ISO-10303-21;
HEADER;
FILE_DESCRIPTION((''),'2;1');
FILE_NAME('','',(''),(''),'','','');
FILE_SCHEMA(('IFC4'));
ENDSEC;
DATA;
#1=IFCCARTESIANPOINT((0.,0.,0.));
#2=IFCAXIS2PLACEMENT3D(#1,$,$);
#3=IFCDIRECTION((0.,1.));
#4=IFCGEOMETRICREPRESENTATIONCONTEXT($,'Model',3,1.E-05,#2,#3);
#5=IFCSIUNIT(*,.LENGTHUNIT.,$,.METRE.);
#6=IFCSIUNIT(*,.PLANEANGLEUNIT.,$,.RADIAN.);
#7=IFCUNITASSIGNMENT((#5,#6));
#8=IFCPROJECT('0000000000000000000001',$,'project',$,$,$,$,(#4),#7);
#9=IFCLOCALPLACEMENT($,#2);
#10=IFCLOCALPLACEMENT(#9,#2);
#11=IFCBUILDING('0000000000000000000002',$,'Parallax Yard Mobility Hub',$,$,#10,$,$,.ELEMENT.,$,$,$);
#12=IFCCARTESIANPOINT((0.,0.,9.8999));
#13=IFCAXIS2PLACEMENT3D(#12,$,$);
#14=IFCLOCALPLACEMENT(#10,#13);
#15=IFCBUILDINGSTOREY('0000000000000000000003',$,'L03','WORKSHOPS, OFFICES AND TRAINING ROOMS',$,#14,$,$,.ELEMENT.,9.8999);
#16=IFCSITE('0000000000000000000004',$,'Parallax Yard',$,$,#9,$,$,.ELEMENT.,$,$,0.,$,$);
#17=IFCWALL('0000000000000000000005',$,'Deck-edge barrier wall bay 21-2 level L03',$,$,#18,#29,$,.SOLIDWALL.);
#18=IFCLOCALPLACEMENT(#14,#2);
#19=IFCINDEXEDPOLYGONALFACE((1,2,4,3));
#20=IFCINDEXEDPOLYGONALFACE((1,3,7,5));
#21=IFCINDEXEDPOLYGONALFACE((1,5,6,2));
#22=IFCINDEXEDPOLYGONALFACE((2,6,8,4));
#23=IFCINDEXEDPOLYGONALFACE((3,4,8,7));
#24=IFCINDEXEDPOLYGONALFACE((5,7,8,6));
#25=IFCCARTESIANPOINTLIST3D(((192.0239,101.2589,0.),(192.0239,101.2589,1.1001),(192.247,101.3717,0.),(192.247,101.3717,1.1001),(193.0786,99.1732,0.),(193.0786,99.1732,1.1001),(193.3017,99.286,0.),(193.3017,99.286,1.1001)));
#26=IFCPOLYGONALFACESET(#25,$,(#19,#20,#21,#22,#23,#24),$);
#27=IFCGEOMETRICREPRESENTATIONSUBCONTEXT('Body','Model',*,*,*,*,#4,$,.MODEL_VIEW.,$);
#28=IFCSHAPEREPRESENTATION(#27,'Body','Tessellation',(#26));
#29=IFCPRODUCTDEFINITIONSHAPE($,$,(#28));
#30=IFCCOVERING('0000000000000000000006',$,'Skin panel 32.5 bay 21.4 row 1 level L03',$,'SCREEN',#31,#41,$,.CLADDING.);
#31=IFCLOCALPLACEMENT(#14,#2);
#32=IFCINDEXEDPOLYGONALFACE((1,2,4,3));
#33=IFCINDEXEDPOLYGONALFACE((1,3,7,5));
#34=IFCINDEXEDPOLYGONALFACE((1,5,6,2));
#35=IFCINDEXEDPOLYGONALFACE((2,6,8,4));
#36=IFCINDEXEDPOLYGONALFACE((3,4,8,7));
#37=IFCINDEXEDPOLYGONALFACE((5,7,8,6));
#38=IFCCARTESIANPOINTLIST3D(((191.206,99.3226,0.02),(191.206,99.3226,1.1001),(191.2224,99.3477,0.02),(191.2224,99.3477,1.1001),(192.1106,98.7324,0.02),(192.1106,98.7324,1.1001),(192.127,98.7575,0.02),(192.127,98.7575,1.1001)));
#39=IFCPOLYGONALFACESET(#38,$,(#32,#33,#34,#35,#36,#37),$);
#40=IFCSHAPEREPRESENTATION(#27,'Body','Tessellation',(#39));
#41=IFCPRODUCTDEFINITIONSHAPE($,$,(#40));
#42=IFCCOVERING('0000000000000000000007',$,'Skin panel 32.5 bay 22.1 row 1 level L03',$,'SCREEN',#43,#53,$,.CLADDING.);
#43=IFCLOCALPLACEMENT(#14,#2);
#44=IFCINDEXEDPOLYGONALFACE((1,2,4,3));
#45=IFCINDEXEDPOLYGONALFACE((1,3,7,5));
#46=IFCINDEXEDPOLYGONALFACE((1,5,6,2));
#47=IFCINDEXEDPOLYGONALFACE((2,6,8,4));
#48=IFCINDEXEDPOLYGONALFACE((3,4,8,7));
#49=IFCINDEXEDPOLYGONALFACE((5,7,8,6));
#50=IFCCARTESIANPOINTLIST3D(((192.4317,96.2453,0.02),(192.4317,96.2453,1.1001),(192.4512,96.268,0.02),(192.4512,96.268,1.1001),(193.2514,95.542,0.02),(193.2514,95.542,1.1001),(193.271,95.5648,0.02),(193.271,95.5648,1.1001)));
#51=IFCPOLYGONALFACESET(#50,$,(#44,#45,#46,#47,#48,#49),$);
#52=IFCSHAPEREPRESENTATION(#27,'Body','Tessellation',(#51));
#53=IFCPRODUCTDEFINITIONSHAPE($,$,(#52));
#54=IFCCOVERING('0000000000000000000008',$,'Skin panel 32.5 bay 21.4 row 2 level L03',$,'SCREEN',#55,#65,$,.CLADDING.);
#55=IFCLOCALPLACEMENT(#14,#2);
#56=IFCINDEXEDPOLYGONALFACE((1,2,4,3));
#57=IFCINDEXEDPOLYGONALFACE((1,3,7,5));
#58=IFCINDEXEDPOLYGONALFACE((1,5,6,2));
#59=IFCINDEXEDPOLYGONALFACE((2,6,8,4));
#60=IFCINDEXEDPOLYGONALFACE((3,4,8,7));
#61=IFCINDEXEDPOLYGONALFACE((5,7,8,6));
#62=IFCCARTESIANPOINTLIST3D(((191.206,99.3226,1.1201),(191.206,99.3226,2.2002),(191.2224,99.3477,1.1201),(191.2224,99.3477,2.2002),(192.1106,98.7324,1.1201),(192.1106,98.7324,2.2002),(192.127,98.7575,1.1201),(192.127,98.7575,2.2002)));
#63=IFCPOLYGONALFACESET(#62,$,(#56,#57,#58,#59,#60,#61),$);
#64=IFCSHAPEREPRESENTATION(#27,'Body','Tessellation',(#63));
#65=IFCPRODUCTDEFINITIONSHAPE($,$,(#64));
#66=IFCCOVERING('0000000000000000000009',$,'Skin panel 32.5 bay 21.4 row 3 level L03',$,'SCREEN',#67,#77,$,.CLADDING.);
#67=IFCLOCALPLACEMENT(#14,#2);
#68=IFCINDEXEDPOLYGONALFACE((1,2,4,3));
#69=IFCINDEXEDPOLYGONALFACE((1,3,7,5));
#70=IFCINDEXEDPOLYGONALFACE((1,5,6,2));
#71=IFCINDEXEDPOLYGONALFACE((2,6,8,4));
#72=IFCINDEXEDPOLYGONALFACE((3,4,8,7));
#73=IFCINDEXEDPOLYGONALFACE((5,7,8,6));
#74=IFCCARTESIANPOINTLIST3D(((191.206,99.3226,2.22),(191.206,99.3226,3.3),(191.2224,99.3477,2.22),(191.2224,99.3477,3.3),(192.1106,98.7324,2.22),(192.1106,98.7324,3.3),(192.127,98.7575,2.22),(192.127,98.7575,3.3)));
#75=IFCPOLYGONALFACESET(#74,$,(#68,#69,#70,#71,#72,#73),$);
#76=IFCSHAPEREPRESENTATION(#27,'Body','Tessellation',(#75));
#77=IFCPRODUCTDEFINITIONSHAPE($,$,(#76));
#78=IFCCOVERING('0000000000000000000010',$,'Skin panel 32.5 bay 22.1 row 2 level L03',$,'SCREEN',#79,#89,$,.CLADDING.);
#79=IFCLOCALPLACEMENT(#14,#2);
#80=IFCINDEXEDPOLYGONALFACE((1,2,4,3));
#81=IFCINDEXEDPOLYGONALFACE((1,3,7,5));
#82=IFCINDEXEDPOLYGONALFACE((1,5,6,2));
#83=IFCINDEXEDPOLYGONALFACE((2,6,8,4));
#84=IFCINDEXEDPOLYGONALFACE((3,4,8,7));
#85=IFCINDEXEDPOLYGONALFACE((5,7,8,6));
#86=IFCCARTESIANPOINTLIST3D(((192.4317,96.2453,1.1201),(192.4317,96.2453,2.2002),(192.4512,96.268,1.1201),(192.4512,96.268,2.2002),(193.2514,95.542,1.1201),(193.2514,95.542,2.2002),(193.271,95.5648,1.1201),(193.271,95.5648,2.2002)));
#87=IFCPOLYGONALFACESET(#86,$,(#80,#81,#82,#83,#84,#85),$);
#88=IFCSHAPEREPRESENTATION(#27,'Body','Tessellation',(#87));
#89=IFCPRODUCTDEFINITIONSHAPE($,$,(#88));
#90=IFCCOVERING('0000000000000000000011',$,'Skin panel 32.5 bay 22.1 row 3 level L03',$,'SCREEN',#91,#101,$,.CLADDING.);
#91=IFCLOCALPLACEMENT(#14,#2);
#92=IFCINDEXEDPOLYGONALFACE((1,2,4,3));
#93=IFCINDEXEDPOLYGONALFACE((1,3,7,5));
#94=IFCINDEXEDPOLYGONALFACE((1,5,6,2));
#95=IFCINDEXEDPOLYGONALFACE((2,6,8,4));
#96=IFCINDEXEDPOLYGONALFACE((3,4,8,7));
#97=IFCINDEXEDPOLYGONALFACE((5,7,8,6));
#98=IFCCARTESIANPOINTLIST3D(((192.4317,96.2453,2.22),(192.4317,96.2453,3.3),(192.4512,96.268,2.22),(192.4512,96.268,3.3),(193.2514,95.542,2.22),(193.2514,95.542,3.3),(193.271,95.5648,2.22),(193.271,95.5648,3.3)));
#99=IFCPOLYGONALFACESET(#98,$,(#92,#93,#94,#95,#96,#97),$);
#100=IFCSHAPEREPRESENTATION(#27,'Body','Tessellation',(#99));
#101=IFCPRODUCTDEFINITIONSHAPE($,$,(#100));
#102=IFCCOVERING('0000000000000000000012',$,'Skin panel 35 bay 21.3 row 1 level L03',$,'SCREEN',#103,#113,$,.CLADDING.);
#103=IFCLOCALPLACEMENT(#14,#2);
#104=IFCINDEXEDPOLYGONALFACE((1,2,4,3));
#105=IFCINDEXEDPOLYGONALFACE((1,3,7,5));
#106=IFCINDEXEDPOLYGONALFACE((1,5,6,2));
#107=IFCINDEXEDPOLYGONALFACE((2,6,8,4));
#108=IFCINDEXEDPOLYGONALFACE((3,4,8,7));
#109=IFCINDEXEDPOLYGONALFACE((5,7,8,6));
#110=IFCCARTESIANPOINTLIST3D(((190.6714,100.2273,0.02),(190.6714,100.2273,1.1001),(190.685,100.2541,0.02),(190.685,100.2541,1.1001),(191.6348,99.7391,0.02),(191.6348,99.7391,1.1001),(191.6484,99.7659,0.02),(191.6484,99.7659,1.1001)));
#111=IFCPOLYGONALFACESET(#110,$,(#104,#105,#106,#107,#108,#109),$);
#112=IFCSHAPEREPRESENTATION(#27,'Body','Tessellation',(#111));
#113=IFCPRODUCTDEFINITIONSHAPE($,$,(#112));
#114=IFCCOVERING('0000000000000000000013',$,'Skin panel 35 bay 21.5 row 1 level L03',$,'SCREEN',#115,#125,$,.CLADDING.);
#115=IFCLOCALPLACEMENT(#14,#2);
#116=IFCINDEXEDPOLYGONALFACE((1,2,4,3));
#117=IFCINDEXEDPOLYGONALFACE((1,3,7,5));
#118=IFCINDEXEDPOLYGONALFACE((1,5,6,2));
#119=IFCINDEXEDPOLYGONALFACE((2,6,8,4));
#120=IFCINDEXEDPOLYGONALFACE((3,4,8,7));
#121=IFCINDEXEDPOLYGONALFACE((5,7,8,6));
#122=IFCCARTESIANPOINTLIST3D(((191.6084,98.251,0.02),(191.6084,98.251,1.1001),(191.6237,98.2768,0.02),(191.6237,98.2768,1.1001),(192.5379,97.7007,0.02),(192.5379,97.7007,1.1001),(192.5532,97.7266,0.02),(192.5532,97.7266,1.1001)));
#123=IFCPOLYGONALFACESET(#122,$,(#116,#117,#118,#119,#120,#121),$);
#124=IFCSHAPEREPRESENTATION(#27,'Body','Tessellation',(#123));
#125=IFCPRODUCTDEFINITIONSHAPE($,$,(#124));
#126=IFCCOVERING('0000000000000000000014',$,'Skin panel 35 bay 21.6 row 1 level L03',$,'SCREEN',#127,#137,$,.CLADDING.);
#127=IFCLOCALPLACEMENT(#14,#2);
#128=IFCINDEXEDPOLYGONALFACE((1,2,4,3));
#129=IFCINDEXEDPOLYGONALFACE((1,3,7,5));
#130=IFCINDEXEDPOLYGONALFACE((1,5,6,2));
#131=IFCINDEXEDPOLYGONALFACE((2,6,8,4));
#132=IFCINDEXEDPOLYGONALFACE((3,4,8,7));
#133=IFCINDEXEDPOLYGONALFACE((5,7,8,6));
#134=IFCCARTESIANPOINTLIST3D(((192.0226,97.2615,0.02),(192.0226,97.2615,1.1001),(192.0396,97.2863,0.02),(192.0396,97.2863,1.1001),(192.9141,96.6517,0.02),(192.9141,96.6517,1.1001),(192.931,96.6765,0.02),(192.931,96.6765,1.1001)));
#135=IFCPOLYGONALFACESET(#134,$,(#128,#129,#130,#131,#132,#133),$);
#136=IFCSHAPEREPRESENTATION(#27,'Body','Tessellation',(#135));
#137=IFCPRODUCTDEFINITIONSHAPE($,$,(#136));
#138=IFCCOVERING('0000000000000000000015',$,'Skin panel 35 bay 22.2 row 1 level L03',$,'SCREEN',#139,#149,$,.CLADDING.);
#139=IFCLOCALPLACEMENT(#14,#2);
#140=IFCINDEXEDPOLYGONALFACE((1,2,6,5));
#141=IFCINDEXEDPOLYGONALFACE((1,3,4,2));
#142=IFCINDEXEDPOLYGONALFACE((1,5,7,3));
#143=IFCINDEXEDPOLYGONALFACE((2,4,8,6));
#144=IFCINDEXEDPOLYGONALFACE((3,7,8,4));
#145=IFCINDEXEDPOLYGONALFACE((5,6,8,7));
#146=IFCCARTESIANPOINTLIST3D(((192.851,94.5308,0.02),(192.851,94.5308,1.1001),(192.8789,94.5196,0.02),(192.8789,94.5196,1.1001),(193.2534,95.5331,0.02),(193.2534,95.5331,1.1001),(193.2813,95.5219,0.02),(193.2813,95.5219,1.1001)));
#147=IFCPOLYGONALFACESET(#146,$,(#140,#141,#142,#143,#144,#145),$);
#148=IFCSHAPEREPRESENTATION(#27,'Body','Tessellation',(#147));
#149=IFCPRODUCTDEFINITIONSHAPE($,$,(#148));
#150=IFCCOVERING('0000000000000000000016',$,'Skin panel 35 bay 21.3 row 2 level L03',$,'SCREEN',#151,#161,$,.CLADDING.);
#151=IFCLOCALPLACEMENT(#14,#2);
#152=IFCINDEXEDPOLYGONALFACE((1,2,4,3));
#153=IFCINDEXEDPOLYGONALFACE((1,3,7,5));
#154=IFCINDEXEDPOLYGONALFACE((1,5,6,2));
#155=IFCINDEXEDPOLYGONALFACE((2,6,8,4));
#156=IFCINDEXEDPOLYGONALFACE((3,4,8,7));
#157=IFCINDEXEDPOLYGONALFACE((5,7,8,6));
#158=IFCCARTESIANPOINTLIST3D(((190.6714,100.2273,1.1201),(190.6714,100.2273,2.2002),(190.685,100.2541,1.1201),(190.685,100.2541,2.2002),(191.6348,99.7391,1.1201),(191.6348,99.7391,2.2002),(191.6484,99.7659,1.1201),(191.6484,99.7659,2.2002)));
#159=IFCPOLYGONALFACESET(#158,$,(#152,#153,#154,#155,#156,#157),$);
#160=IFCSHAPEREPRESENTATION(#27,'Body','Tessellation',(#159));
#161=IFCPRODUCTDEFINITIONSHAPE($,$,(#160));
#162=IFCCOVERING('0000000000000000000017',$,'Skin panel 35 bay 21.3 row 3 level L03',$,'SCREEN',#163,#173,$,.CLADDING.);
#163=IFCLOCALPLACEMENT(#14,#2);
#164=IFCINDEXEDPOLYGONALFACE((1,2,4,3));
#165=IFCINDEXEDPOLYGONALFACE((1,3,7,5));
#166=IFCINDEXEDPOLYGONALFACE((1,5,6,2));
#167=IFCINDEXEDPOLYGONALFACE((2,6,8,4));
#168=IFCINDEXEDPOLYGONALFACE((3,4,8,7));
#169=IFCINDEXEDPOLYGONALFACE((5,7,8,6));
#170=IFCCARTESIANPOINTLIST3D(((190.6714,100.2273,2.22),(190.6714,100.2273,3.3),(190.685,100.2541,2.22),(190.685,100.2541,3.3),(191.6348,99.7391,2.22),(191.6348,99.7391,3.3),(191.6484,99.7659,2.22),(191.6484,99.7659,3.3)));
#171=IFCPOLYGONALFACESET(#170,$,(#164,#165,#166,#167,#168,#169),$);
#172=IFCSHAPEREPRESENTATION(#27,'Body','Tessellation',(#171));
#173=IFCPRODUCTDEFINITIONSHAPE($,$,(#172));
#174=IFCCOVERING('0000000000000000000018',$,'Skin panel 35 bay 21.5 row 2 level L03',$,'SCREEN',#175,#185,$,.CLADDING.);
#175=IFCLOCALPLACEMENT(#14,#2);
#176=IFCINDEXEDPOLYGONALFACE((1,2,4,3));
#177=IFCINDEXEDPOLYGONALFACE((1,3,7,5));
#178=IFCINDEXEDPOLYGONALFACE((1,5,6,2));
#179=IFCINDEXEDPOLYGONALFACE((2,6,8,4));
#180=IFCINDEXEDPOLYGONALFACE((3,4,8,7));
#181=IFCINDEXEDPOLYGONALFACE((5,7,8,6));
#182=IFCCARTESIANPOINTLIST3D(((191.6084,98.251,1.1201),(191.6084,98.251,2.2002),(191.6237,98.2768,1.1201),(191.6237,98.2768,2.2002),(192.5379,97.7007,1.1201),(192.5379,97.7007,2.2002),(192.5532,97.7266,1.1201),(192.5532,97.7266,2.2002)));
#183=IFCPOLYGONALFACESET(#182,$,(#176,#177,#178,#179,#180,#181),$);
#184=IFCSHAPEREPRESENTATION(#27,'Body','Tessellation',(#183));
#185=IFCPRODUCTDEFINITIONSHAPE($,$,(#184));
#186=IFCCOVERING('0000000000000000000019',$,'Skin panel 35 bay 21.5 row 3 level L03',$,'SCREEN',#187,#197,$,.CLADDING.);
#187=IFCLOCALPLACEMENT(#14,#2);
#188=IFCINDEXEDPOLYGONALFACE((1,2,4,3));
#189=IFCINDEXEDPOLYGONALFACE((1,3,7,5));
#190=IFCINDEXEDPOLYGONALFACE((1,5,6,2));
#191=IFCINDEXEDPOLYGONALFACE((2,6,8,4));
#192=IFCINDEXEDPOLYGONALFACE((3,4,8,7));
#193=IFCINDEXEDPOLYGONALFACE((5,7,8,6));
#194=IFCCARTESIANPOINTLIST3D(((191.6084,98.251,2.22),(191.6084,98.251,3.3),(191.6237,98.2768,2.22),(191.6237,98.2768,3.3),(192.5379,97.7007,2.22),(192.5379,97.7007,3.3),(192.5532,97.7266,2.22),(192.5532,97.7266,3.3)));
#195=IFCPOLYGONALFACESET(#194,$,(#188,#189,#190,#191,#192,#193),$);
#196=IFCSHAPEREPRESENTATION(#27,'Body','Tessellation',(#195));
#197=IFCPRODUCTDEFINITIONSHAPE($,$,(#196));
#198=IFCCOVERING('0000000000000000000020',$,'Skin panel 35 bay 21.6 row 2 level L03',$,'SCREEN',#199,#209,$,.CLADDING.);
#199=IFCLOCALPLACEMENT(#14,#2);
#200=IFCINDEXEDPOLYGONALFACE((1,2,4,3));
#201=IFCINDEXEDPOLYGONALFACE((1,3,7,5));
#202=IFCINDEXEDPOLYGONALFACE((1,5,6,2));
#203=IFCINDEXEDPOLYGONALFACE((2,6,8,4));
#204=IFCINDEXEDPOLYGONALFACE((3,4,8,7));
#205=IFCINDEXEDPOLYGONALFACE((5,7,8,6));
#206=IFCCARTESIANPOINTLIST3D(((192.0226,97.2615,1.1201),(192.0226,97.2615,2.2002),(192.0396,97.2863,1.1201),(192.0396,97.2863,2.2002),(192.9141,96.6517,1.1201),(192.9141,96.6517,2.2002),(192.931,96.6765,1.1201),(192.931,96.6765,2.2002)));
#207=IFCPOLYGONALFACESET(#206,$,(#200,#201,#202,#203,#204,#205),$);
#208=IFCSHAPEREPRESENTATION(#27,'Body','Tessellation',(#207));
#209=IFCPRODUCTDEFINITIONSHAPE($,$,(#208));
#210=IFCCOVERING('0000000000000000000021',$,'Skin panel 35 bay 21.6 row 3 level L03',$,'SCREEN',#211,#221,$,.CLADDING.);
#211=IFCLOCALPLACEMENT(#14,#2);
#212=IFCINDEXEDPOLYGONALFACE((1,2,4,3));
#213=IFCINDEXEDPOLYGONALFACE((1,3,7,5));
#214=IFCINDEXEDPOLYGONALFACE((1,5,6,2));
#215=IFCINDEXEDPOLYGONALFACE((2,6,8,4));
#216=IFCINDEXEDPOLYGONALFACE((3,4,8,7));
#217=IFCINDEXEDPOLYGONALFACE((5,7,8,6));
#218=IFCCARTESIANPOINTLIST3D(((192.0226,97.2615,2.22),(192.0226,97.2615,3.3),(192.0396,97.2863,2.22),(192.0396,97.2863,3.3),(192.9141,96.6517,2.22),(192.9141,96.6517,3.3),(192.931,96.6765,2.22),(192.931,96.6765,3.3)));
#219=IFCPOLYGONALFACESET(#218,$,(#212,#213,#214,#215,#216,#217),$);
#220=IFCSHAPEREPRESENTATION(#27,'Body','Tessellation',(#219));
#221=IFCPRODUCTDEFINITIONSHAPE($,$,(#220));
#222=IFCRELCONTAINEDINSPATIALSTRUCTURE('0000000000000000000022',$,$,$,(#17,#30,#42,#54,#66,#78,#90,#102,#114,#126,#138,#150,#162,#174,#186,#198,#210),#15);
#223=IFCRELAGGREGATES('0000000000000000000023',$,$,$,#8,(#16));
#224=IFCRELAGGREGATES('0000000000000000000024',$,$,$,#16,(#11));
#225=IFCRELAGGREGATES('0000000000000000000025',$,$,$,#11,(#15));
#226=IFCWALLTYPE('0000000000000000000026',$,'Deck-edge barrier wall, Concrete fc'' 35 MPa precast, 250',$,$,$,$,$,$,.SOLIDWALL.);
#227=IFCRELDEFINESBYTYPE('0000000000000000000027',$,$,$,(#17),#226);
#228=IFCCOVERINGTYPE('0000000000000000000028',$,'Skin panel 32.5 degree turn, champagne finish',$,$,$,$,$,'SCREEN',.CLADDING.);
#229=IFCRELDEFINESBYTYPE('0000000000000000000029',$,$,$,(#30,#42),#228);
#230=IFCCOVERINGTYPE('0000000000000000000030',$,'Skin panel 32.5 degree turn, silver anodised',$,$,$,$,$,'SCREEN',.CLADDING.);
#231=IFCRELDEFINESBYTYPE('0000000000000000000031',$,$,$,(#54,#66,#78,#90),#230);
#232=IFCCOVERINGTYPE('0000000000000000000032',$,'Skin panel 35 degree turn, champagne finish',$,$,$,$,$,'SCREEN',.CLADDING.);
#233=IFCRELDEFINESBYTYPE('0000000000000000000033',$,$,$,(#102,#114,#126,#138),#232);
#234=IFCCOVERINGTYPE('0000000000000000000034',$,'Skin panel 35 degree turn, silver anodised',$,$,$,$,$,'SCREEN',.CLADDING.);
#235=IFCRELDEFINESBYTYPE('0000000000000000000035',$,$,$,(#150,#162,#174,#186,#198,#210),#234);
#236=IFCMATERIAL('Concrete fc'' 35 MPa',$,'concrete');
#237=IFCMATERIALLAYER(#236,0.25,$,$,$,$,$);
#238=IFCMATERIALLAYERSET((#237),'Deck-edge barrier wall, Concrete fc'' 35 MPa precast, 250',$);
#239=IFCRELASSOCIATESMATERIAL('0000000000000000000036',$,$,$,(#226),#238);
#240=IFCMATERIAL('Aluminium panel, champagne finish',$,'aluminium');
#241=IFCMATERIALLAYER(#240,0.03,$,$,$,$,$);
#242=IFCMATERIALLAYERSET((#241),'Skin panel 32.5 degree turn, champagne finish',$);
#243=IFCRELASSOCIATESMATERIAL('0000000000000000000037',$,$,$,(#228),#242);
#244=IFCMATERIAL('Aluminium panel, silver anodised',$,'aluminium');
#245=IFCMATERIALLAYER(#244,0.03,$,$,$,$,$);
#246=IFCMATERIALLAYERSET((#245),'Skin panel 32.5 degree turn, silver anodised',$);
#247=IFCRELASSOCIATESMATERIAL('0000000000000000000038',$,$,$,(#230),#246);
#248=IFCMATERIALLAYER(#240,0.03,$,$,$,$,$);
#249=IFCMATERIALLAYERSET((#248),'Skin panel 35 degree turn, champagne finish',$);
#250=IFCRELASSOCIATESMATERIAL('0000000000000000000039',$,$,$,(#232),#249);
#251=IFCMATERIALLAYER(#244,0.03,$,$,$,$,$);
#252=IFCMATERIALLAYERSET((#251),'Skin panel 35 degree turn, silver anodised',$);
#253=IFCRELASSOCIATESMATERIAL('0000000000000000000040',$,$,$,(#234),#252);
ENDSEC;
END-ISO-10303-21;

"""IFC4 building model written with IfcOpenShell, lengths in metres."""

from ifc_helpers import new_model, si_unit, direction, frame, frame_2d, origin, origin_2d, place, context, subcontext, project, spatial, rectangle, extrude, material, layer, layer_set, type_object, element, save


model = new_model("IFC4")

# Units and contexts
model_context = context("Model", 3, precision=1e-05, world=origin(), true_north=direction((0.0, 1.0)))
body_context = subcontext(model_context, "Body", "Model", "MODEL_VIEW")
ifc_project = project(units=[si_unit("LENGTHUNIT", "METRE"), si_unit("PLANEANGLEUNIT", "RADIAN")], contexts=[model_context])

# Site, building, storey
site_placement = place(None, origin())
site = spatial("IfcSite", under=ifc_project, at=site_placement, Name="Parallax Yard", CompositionType="ELEMENT", RefElevation=0.0)
building_placement = place(site_placement, origin())
building = spatial("IfcBuilding", under=site, at=building_placement, Name="Parallax Yard Mobility Hub", CompositionType="ELEMENT")
storey_placement = place(building_placement, frame((0.0, 0.0, 9.8999)))
storey = spatial("IfcBuildingStorey", under=building, at=storey_placement, Name="L03", Description="WORKSHOPS, OFFICES AND TRAINING ROOMS", CompositionType="ELEMENT", Elevation=9.8999)

# Wall
ifc_material_1 = material(Name="Concrete fc' 35 MPa", Category="concrete")
ifc_layer_1 = layer(ifc_material_1, 0.25)
ifc_layer_set_1 = layer_set([ifc_layer_1], Name="Deck-edge barrier wall, Concrete fc' 35 MPa precast, 250")
wall_type = type_object("IfcWallType", Name="Deck-edge barrier wall, Concrete fc' 35 MPa precast, 250", PredefinedType="SOLIDWALL", material=ifc_layer_set_1)
wall_placement = place(storey_placement, frame((192.1355, 101.3152, 0.0), z_axis=(0.0, 0.0, 1.0), x_axis=(0.451262, -0.892392, 0.0)))
element("IfcWall", 1, at=wall_placement, inside=storey, type_object=wall_type, Name="Deck-edge barrier wall bay 21-2 level L03", PredefinedType="SOLIDWALL", context=body_context, shape_type="SweptSolid", body=[
    extrude(rectangle(XDim=2.3372, YDim=0.25, at=frame_2d((1.1685, 0.0))), origin(), (0.0, 0.0, 1.0), 1.1001),
])

# Coverings
ifc_material_2 = material(Name="Aluminium panel, champagne finish", Category="aluminium")
ifc_layer_2 = layer(ifc_material_2, 0.03)
ifc_layer_set_2 = layer_set([ifc_layer_2], Name="Skin panel 32.5 degree turn, champagne finish")
covering_type_1 = type_object("IfcCoveringType", Name="Skin panel 32.5 degree turn, champagne finish", ElementType="SCREEN", PredefinedType="CLADDING", material=ifc_layer_set_2)
for number, where, z_axis, x_axis, name in (
    (2, (191.6665, 99.04, 0.02), (0.0, 0.0, 1.0), (-0.83748, 0.546467, 0.0), "Skin panel 32.5 bay 21.4 row 1 level L03"),
    (3, (192.8513, 95.905, 0.02), (0.0, 0.0, 1.0), (-0.758987, 0.651105, 0.0), "Skin panel 32.5 bay 22.1 row 1 level L03"),
):
    element("IfcCovering", number, at=place(storey_placement, frame(where, z_axis=z_axis, x_axis=x_axis)), inside=storey, type_object=covering_type_1, Name=name, ObjectType="SCREEN", PredefinedType="CLADDING", context=body_context, shape_type="SweptSolid", body=[
        extrude(rectangle(XDim=1.0801, YDim=0.03, at=origin_2d()), origin(), (0.0, 0.0, 1.0), 1.0801),
    ])
ifc_material_3 = material(Name="Aluminium panel, silver anodised", Category="aluminium")
ifc_layer_3 = layer(ifc_material_3, 0.03)
ifc_layer_set_3 = layer_set([ifc_layer_3], Name="Skin panel 32.5 degree turn, silver anodised")
covering_type_2 = type_object("IfcCoveringType", Name="Skin panel 32.5 degree turn, silver anodised", ElementType="SCREEN", PredefinedType="CLADDING", material=ifc_layer_set_3)
for number, where, z_axis, x_axis, name in (
    (4, (191.6665, 99.04, 1.1201), (0.0, 0.0, 1.0), (-0.83748, 0.546467, 0.0), "Skin panel 32.5 bay 21.4 row 2 level L03"),
    (5, (191.6665, 99.04, 2.22), (0.0, 0.0, 1.0), (-0.83748, 0.546467, 0.0), "Skin panel 32.5 bay 21.4 row 3 level L03"),
    (6, (192.8513, 95.905, 1.1201), (0.0, 0.0, 1.0), (-0.758987, 0.651105, 0.0), "Skin panel 32.5 bay 22.1 row 2 level L03"),
    (7, (192.8513, 95.905, 2.22), (0.0, 0.0, 1.0), (-0.758987, 0.651105, 0.0), "Skin panel 32.5 bay 22.1 row 3 level L03"),
):
    element("IfcCovering", number, at=place(storey_placement, frame(where, z_axis=z_axis, x_axis=x_axis)), inside=storey, type_object=covering_type_2, Name=name, ObjectType="SCREEN", PredefinedType="CLADDING", context=body_context, shape_type="SweptSolid", body=[
        extrude(rectangle(XDim=1.0801, YDim=0.03, at=origin_2d()), origin(), (0.0, 0.0, 1.0), 1.0801),
    ])
ifc_layer_4 = layer(ifc_material_2, 0.03)
ifc_layer_set_4 = layer_set([ifc_layer_4], Name="Skin panel 35 degree turn, champagne finish")
covering_type_3 = type_object("IfcCoveringType", Name="Skin panel 35 degree turn, champagne finish", ElementType="SCREEN", PredefinedType="CLADDING", material=ifc_layer_set_4)
for number, where, z_axis, x_axis, name in (
    (8, (191.1599, 99.9966, 0.02), (0.0, 0.0, 1.0), (-0.891995, 0.452046, 0.0), "Skin panel 35 bay 21.3 row 1 level L03"),
    (9, (192.0808, 97.9888, 0.02), (0.0, 0.0, 1.0), (-0.86052, 0.509417, 0.0), "Skin panel 35 bay 21.5 row 1 level L03"),
    (10, (192.4768, 96.969, 0.02), (0.0, 0.0, 1.0), (-0.82536, 0.564607, 0.0), "Skin panel 35 bay 21.6 row 1 level L03"),
    (11, (193.0662, 95.0264, 0.02), (0.0, 0.0, 1.0), (-0.372583, -0.927999, 0.0), "Skin panel 35 bay 22.2 row 1 level L03"),
):
    element("IfcCovering", number, at=place(storey_placement, frame(where, z_axis=z_axis, x_axis=x_axis)), inside=storey, type_object=covering_type_3, Name=name, ObjectType="SCREEN", PredefinedType="CLADDING", context=body_context, shape_type="SweptSolid", body=[
        extrude(rectangle(XDim=1.0801, YDim=0.03, at=origin_2d()), origin(), (0.0, 0.0, 1.0), 1.0801),
    ])
ifc_layer_5 = layer(ifc_material_3, 0.03)
ifc_layer_set_5 = layer_set([ifc_layer_5], Name="Skin panel 35 degree turn, silver anodised")
covering_type_4 = type_object("IfcCoveringType", Name="Skin panel 35 degree turn, silver anodised", ElementType="SCREEN", PredefinedType="CLADDING", material=ifc_layer_set_5)
for number, where, z_axis, x_axis, name in (
    (12, (191.1599, 99.9966, 1.1201), (0.0, 0.0, 1.0), (-0.891995, 0.452046, 0.0), "Skin panel 35 bay 21.3 row 2 level L03"),
    (13, (191.1599, 99.9966, 2.22), (0.0, 0.0, 1.0), (-0.891995, 0.452046, 0.0), "Skin panel 35 bay 21.3 row 3 level L03"),
    (14, (192.0808, 97.9888, 1.1201), (0.0, 0.0, 1.0), (-0.86052, 0.509417, 0.0), "Skin panel 35 bay 21.5 row 2 level L03"),
    (15, (192.0808, 97.9888, 2.22), (0.0, 0.0, 1.0), (-0.86052, 0.509417, 0.0), "Skin panel 35 bay 21.5 row 3 level L03"),
    (16, (192.4768, 96.969, 1.1201), (0.0, 0.0, 1.0), (-0.82536, 0.564607, 0.0), "Skin panel 35 bay 21.6 row 2 level L03"),
    (17, (192.4768, 96.969, 2.22), (0.0, 0.0, 1.0), (-0.82536, 0.564607, 0.0), "Skin panel 35 bay 21.6 row 3 level L03"),
):
    element("IfcCovering", number, at=place(storey_placement, frame(where, z_axis=z_axis, x_axis=x_axis)), inside=storey, type_object=covering_type_4, Name=name, ObjectType="SCREEN", PredefinedType="CLADDING", context=body_context, shape_type="SweptSolid", body=[
        extrude(rectangle(XDim=1.0801, YDim=0.03, at=origin_2d()), origin(), (0.0, 0.0, 1.0), 1.0801),
    ])

save(model, "model.ifc")
